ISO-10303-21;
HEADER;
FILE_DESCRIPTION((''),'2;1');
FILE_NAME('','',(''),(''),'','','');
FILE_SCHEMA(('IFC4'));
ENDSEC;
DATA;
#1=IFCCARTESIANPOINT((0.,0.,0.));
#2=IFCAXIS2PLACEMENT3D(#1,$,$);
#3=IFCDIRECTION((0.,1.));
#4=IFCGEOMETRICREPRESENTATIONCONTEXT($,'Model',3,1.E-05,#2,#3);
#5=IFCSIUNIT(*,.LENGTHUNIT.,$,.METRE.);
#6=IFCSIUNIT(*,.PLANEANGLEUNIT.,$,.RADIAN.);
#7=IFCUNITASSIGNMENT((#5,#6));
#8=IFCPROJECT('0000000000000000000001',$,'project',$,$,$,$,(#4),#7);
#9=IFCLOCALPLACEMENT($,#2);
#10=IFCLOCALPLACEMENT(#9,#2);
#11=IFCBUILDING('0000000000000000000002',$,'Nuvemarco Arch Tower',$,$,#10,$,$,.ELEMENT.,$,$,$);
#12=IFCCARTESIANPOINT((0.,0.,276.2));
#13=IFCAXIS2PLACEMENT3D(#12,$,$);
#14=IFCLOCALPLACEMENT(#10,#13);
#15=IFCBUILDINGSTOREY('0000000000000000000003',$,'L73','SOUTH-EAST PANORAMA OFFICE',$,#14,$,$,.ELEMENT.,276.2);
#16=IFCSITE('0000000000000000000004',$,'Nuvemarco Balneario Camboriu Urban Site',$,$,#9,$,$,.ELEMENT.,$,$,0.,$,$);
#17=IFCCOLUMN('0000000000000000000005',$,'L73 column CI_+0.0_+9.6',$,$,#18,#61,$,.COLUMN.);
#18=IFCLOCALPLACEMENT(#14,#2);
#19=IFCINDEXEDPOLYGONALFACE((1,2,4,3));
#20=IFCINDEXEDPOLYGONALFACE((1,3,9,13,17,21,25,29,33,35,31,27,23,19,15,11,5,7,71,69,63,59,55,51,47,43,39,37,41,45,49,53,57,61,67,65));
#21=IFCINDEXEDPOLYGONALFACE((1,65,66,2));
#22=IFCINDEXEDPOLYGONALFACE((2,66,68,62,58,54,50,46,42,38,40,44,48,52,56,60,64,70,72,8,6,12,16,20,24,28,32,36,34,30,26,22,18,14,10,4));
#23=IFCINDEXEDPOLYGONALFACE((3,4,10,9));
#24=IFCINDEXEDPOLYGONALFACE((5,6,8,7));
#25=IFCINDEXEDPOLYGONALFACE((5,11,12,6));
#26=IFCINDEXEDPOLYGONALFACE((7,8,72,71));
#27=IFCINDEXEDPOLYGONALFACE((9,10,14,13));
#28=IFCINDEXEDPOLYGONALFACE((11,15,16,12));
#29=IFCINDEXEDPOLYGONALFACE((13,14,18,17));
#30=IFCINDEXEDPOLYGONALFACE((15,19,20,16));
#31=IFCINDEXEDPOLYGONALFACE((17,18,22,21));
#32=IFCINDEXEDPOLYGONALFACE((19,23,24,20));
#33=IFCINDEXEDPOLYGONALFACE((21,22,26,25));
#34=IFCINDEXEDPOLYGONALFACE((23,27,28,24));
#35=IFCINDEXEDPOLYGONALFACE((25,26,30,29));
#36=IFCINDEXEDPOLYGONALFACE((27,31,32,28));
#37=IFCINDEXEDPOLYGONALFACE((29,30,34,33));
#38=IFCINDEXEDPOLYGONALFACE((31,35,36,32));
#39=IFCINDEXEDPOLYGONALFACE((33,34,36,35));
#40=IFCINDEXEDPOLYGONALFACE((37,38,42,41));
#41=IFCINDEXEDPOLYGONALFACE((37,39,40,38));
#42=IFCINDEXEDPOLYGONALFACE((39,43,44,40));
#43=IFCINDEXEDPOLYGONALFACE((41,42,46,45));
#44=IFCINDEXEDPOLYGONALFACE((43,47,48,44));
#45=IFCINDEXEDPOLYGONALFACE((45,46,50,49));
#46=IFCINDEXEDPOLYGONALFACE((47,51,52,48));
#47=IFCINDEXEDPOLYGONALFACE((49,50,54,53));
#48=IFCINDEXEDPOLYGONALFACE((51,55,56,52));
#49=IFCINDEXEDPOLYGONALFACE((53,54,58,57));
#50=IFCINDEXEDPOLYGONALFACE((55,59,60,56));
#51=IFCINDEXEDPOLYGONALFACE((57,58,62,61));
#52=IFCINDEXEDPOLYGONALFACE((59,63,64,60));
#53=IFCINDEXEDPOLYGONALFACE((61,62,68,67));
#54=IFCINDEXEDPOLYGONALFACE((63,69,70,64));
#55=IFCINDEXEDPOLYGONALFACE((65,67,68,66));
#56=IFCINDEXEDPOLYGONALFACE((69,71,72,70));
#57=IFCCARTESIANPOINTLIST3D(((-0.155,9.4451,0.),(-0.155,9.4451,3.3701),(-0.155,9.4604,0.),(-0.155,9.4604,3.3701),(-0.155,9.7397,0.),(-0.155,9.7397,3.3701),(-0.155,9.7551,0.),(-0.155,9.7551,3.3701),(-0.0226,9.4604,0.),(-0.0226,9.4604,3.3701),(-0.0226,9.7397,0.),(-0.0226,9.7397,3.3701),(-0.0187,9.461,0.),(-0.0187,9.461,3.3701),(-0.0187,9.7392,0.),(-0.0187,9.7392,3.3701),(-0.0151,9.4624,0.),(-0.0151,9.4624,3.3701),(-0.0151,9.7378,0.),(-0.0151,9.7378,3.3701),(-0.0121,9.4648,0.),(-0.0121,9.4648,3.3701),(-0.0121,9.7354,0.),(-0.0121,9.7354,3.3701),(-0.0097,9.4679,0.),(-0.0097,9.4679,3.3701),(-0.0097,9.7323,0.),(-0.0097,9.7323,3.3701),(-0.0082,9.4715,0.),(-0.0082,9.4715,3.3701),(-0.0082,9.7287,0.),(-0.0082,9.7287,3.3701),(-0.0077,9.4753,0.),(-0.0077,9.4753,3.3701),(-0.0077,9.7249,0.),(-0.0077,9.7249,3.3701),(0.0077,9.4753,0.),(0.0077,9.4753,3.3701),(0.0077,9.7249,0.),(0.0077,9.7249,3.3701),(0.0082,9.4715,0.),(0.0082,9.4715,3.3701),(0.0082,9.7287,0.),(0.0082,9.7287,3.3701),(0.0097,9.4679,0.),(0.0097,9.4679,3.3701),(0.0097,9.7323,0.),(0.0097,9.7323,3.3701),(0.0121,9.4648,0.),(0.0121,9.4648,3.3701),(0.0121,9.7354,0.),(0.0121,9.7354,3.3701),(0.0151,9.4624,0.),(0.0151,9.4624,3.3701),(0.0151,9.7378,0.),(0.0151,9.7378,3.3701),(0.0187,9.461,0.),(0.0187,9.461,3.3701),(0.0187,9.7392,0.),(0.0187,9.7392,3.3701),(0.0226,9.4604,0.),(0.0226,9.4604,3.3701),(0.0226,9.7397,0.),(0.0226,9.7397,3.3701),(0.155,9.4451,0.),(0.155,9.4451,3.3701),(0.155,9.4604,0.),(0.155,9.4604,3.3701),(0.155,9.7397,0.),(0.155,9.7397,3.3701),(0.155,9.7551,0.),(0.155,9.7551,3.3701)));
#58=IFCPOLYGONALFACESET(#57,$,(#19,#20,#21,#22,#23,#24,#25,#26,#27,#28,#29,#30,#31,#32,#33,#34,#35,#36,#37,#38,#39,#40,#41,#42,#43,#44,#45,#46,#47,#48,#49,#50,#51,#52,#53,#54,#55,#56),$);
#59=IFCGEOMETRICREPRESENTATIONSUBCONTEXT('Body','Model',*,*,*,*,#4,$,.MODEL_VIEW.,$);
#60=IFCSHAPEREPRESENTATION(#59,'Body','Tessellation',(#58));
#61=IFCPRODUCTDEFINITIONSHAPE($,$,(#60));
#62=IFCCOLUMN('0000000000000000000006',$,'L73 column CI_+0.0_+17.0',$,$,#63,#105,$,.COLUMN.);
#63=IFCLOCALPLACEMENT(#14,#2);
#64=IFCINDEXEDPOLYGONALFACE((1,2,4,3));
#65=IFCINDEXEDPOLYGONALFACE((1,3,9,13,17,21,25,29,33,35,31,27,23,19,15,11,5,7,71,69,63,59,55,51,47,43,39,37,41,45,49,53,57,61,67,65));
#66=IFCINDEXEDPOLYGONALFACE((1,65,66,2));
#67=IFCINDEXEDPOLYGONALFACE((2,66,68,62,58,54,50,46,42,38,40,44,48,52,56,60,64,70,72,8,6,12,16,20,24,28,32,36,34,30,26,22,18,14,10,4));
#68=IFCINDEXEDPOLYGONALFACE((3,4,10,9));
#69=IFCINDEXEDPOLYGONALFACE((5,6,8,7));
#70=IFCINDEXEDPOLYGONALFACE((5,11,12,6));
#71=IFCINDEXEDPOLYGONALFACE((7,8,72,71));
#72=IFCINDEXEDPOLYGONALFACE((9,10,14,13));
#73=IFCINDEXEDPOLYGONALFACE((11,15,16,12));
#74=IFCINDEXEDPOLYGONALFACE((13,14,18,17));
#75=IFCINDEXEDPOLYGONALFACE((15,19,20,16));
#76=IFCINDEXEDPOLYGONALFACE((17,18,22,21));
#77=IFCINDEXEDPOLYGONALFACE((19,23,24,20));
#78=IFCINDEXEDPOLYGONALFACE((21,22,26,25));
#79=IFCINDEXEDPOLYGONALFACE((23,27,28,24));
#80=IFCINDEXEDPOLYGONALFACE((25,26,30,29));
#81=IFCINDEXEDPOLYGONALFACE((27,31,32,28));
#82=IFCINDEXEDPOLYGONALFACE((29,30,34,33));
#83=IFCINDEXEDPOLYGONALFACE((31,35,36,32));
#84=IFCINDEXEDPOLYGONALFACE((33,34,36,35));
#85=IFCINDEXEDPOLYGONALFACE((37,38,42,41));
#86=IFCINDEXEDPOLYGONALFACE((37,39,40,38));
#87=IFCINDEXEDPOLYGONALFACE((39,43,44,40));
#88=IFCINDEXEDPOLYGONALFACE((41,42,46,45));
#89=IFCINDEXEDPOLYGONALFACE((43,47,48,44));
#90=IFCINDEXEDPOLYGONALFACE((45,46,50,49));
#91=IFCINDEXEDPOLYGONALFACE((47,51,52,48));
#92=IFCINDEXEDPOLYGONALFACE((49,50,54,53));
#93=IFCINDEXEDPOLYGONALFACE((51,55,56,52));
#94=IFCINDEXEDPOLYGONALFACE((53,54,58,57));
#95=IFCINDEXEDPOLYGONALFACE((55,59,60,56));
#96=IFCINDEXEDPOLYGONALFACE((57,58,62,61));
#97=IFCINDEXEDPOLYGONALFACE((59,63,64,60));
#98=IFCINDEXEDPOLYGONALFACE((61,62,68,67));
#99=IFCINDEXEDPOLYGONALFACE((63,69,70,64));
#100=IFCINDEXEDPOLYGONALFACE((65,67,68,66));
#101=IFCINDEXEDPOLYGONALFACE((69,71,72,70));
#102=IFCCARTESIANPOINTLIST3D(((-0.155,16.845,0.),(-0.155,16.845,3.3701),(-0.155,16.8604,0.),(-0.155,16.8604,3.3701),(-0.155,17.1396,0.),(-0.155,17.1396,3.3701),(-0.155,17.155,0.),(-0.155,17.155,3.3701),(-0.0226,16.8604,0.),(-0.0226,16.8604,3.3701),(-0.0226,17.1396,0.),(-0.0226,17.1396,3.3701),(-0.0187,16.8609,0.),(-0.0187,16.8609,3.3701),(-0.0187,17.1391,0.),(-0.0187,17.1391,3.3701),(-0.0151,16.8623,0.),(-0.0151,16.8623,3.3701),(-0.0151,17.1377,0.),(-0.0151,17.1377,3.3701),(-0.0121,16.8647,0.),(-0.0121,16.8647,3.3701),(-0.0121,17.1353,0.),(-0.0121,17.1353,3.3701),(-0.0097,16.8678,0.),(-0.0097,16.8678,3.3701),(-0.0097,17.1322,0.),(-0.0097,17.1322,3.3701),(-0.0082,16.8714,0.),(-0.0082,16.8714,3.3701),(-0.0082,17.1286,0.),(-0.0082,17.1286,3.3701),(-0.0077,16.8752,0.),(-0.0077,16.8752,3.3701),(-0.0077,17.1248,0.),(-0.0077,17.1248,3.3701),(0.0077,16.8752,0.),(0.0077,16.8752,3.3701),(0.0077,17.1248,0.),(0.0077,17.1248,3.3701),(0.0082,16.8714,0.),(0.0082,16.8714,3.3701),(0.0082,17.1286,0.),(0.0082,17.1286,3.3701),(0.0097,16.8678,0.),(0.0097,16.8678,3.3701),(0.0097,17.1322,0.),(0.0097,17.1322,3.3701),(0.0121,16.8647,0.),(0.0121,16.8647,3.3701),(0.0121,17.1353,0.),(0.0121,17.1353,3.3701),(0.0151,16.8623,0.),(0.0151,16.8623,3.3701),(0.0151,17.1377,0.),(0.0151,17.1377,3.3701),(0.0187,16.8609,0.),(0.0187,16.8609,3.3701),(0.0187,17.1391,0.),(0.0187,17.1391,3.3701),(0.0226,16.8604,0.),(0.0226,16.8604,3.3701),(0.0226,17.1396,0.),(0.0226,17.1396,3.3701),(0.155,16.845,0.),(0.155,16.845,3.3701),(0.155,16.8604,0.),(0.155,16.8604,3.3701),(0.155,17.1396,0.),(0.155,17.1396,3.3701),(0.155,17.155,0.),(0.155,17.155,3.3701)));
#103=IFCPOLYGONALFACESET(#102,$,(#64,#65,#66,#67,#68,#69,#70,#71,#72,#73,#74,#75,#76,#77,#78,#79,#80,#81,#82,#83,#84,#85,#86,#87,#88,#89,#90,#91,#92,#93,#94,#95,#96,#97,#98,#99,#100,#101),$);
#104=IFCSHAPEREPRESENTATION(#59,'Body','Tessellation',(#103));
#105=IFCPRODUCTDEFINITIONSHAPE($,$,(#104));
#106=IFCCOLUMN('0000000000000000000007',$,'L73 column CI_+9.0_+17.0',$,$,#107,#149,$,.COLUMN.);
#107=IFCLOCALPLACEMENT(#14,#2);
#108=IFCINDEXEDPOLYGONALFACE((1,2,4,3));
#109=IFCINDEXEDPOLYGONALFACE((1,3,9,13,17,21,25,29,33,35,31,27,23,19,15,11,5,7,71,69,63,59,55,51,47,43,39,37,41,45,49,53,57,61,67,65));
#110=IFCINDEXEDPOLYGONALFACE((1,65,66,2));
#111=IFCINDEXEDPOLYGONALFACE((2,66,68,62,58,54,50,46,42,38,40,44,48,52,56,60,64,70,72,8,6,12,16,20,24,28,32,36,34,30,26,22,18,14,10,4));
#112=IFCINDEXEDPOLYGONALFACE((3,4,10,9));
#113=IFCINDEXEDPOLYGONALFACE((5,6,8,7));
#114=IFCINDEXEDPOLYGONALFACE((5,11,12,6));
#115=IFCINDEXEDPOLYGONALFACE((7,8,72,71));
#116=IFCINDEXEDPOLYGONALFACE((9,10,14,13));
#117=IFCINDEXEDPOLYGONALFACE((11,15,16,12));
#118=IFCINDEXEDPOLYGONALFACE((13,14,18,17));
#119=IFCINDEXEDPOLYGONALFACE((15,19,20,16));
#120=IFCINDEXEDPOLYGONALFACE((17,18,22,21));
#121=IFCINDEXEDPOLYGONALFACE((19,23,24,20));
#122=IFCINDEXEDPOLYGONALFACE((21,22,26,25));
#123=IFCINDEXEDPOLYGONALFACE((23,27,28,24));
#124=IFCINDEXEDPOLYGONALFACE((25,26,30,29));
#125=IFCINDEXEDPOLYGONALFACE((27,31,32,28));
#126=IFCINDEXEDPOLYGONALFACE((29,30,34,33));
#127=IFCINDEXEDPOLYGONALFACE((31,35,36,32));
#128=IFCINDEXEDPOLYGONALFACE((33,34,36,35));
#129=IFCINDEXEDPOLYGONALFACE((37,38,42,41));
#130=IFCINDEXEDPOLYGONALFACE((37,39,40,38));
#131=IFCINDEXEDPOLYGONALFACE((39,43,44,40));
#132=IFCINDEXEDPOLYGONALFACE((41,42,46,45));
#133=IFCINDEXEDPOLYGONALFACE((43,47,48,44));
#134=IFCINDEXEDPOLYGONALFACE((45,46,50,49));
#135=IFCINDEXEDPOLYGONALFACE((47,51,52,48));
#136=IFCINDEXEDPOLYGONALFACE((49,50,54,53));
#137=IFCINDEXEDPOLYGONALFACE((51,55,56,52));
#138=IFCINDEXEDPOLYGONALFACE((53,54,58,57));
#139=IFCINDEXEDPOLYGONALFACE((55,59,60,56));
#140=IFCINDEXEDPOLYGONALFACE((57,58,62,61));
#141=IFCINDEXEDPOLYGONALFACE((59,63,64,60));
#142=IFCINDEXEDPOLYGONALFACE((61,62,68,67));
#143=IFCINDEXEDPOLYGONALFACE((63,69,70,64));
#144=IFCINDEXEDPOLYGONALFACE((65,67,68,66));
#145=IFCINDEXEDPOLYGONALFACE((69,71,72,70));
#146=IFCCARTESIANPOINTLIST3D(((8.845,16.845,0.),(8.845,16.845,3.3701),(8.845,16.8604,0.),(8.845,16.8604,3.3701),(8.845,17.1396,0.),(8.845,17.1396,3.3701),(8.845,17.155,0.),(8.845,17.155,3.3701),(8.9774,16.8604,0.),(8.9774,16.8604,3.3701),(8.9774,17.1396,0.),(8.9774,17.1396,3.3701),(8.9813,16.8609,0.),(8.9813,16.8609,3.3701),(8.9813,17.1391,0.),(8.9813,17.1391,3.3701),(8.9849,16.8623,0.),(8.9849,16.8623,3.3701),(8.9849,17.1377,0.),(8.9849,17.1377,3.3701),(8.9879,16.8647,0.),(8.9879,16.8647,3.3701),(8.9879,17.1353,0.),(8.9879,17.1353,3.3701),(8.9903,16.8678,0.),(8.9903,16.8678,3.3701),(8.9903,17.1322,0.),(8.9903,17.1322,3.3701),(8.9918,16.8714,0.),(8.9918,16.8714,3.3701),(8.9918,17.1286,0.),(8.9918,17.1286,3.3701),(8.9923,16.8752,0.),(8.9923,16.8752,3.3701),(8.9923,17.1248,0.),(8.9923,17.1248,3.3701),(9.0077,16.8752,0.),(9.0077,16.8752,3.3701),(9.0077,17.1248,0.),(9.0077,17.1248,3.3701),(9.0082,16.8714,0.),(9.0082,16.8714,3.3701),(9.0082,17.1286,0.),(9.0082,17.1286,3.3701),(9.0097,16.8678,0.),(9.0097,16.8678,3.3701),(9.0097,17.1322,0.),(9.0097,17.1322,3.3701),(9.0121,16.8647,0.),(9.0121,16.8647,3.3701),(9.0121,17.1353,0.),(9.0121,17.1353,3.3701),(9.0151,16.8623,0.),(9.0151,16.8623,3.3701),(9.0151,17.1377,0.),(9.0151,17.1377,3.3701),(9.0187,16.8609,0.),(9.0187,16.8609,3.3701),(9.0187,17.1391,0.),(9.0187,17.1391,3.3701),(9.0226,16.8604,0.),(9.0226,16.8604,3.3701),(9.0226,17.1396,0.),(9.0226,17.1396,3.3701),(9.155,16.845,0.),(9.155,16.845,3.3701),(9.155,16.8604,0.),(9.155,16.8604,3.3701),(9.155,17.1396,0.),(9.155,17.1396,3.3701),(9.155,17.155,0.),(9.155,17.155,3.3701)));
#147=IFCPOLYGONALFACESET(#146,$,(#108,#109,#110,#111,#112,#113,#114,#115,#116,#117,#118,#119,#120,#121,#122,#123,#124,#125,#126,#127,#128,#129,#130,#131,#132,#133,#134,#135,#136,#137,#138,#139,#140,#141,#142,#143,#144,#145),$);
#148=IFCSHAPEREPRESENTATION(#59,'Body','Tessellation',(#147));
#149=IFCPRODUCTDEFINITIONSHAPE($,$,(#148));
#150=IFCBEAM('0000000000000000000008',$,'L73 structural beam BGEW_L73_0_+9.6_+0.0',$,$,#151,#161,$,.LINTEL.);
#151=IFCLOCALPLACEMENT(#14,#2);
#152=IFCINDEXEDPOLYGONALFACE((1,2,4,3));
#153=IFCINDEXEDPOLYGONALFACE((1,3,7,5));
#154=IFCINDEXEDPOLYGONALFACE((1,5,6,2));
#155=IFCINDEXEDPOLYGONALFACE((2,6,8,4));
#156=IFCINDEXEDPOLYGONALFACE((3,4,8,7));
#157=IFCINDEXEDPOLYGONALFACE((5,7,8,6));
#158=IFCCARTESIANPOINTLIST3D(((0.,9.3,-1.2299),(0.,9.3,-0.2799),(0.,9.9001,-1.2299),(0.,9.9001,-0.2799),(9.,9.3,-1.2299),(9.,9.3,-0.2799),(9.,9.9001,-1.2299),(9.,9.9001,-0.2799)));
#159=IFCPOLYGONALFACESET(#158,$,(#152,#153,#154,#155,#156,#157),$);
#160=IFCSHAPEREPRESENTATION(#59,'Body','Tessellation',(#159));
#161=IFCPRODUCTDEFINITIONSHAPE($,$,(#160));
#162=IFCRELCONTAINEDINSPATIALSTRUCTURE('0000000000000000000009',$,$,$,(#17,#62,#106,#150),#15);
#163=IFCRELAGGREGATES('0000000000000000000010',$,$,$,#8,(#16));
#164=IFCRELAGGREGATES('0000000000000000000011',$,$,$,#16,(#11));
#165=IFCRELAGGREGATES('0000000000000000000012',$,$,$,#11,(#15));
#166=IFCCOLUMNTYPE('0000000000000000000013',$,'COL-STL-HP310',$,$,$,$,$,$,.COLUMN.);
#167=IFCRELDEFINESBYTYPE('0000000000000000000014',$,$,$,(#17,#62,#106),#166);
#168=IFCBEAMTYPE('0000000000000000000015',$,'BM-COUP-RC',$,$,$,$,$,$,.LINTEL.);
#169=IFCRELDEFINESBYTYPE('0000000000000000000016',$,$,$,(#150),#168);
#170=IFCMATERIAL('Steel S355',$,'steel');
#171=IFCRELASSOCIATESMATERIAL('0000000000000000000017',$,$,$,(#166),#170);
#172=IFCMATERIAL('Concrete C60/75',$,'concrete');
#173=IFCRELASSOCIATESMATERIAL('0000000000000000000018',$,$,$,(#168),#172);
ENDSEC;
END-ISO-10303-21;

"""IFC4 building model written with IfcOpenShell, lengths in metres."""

from ifc_helpers import new_model, si_unit, direction, frame, origin, origin_2d, place, context, subcontext, project, spatial, rectangle, i_section, extrude, material, material_profile, profile_set, type_object, element, save


model = new_model("IFC4")

# Units and contexts
model_context = context("Model", 3, precision=1e-05, world=origin(), true_north=direction((0.0, 1.0)))
body_context = subcontext(model_context, "Body", "Model", "MODEL_VIEW")
ifc_project = project(units=[si_unit("LENGTHUNIT", "METRE"), si_unit("PLANEANGLEUNIT", "RADIAN")], contexts=[model_context])

# Site, building, storey
site_placement = place(None, origin())
site = spatial("IfcSite", under=ifc_project, at=site_placement, Name="Nuvemarco Balneario Camboriu Urban Site", CompositionType="ELEMENT", RefElevation=0.0)
building_placement = place(site_placement, origin())
building = spatial("IfcBuilding", under=site, at=building_placement, Name="Nuvemarco Arch Tower", CompositionType="ELEMENT")
storey_placement = place(building_placement, frame((0.0, 0.0, 276.2)))
storey = spatial("IfcBuildingStorey", under=building, at=storey_placement, Name="L73", Description="SOUTH-EAST PANORAMA OFFICE", CompositionType="ELEMENT", Elevation=276.2)

# Columns
ifc_material_1 = material(Name="Steel S355", Category="steel")
ifc_material_profile_1 = material_profile(ifc_material_1, i_section(OverallWidth=0.3101, OverallDepth=0.3101, WebThickness=0.0154, FlangeThickness=0.0154, FilletRadius=0.0149, at=origin_2d()), Name="HP310x110")
ifc_profile_set_1 = profile_set([ifc_material_profile_1], Name="Steel S355")
column_type_1 = type_object("IfcColumnType", Name="COL-STL-HP310", PredefinedType="COLUMN", material=ifc_profile_set_1)
for number, where, z_axis, x_axis, name in (
    (1, (0.0, 9.6001, 0.0), (0.0, 0.0, 1.0), (1.0, 0.0, 0.0), "L73 column CI_+0.0_+9.6"),
    (2, (0.0, 17.0, 0.0), (0.0, 0.0, 1.0), (1.0, 0.0, 0.0), "L73 column CI_+0.0_+17.0"),
    (3, (9.0, 17.0, 0.0), (0.0, 0.0, 1.0), (1.0, 0.0, 0.0), "L73 column CI_+9.0_+17.0"),
):
    element("IfcColumn", number, at=place(storey_placement, frame(where, z_axis=z_axis, x_axis=x_axis)), inside=storey, type_object=column_type_1, Name=name, PredefinedType="COLUMN", context=body_context, shape_type="SweptSolid", body=[
        extrude(i_section(OverallWidth=0.3101, OverallDepth=0.3101, WebThickness=0.0154, FlangeThickness=0.0154, FilletRadius=0.0149, at=origin_2d()), origin(), (0.0, 0.0, 1.0), 3.3701),
    ])

# Beam
ifc_material_2 = material(Name="Concrete C60/75", Category="concrete")
ifc_material_profile_2 = material_profile(ifc_material_2, rectangle(XDim=0.6001, YDim=0.95, at=origin_2d()), Name="RC-BM-600x950")
ifc_profile_set_2 = profile_set([ifc_material_profile_2], Name="Concrete C60/75")
beam_type_1 = type_object("IfcBeamType", Name="BM-COUP-RC", PredefinedType="LINTEL", material=ifc_profile_set_2)
beam_1_placement = place(storey_placement, frame((0.0, 9.6001, -0.7549), z_axis=(1.0, 0.0, 0.0), x_axis=(0.0, 1.0, 0.0)))
element("IfcBeam", 4, at=beam_1_placement, inside=storey, type_object=beam_type_1, Name="L73 structural beam BGEW_L73_0_+9.6_+0.0", PredefinedType="LINTEL", context=body_context, shape_type="SweptSolid", body=[
    extrude(rectangle(XDim=0.6001, YDim=0.95, at=origin_2d()), origin(), (0.0, 0.0, 1.0), 9.0),
])

save(model, "model.ifc")
